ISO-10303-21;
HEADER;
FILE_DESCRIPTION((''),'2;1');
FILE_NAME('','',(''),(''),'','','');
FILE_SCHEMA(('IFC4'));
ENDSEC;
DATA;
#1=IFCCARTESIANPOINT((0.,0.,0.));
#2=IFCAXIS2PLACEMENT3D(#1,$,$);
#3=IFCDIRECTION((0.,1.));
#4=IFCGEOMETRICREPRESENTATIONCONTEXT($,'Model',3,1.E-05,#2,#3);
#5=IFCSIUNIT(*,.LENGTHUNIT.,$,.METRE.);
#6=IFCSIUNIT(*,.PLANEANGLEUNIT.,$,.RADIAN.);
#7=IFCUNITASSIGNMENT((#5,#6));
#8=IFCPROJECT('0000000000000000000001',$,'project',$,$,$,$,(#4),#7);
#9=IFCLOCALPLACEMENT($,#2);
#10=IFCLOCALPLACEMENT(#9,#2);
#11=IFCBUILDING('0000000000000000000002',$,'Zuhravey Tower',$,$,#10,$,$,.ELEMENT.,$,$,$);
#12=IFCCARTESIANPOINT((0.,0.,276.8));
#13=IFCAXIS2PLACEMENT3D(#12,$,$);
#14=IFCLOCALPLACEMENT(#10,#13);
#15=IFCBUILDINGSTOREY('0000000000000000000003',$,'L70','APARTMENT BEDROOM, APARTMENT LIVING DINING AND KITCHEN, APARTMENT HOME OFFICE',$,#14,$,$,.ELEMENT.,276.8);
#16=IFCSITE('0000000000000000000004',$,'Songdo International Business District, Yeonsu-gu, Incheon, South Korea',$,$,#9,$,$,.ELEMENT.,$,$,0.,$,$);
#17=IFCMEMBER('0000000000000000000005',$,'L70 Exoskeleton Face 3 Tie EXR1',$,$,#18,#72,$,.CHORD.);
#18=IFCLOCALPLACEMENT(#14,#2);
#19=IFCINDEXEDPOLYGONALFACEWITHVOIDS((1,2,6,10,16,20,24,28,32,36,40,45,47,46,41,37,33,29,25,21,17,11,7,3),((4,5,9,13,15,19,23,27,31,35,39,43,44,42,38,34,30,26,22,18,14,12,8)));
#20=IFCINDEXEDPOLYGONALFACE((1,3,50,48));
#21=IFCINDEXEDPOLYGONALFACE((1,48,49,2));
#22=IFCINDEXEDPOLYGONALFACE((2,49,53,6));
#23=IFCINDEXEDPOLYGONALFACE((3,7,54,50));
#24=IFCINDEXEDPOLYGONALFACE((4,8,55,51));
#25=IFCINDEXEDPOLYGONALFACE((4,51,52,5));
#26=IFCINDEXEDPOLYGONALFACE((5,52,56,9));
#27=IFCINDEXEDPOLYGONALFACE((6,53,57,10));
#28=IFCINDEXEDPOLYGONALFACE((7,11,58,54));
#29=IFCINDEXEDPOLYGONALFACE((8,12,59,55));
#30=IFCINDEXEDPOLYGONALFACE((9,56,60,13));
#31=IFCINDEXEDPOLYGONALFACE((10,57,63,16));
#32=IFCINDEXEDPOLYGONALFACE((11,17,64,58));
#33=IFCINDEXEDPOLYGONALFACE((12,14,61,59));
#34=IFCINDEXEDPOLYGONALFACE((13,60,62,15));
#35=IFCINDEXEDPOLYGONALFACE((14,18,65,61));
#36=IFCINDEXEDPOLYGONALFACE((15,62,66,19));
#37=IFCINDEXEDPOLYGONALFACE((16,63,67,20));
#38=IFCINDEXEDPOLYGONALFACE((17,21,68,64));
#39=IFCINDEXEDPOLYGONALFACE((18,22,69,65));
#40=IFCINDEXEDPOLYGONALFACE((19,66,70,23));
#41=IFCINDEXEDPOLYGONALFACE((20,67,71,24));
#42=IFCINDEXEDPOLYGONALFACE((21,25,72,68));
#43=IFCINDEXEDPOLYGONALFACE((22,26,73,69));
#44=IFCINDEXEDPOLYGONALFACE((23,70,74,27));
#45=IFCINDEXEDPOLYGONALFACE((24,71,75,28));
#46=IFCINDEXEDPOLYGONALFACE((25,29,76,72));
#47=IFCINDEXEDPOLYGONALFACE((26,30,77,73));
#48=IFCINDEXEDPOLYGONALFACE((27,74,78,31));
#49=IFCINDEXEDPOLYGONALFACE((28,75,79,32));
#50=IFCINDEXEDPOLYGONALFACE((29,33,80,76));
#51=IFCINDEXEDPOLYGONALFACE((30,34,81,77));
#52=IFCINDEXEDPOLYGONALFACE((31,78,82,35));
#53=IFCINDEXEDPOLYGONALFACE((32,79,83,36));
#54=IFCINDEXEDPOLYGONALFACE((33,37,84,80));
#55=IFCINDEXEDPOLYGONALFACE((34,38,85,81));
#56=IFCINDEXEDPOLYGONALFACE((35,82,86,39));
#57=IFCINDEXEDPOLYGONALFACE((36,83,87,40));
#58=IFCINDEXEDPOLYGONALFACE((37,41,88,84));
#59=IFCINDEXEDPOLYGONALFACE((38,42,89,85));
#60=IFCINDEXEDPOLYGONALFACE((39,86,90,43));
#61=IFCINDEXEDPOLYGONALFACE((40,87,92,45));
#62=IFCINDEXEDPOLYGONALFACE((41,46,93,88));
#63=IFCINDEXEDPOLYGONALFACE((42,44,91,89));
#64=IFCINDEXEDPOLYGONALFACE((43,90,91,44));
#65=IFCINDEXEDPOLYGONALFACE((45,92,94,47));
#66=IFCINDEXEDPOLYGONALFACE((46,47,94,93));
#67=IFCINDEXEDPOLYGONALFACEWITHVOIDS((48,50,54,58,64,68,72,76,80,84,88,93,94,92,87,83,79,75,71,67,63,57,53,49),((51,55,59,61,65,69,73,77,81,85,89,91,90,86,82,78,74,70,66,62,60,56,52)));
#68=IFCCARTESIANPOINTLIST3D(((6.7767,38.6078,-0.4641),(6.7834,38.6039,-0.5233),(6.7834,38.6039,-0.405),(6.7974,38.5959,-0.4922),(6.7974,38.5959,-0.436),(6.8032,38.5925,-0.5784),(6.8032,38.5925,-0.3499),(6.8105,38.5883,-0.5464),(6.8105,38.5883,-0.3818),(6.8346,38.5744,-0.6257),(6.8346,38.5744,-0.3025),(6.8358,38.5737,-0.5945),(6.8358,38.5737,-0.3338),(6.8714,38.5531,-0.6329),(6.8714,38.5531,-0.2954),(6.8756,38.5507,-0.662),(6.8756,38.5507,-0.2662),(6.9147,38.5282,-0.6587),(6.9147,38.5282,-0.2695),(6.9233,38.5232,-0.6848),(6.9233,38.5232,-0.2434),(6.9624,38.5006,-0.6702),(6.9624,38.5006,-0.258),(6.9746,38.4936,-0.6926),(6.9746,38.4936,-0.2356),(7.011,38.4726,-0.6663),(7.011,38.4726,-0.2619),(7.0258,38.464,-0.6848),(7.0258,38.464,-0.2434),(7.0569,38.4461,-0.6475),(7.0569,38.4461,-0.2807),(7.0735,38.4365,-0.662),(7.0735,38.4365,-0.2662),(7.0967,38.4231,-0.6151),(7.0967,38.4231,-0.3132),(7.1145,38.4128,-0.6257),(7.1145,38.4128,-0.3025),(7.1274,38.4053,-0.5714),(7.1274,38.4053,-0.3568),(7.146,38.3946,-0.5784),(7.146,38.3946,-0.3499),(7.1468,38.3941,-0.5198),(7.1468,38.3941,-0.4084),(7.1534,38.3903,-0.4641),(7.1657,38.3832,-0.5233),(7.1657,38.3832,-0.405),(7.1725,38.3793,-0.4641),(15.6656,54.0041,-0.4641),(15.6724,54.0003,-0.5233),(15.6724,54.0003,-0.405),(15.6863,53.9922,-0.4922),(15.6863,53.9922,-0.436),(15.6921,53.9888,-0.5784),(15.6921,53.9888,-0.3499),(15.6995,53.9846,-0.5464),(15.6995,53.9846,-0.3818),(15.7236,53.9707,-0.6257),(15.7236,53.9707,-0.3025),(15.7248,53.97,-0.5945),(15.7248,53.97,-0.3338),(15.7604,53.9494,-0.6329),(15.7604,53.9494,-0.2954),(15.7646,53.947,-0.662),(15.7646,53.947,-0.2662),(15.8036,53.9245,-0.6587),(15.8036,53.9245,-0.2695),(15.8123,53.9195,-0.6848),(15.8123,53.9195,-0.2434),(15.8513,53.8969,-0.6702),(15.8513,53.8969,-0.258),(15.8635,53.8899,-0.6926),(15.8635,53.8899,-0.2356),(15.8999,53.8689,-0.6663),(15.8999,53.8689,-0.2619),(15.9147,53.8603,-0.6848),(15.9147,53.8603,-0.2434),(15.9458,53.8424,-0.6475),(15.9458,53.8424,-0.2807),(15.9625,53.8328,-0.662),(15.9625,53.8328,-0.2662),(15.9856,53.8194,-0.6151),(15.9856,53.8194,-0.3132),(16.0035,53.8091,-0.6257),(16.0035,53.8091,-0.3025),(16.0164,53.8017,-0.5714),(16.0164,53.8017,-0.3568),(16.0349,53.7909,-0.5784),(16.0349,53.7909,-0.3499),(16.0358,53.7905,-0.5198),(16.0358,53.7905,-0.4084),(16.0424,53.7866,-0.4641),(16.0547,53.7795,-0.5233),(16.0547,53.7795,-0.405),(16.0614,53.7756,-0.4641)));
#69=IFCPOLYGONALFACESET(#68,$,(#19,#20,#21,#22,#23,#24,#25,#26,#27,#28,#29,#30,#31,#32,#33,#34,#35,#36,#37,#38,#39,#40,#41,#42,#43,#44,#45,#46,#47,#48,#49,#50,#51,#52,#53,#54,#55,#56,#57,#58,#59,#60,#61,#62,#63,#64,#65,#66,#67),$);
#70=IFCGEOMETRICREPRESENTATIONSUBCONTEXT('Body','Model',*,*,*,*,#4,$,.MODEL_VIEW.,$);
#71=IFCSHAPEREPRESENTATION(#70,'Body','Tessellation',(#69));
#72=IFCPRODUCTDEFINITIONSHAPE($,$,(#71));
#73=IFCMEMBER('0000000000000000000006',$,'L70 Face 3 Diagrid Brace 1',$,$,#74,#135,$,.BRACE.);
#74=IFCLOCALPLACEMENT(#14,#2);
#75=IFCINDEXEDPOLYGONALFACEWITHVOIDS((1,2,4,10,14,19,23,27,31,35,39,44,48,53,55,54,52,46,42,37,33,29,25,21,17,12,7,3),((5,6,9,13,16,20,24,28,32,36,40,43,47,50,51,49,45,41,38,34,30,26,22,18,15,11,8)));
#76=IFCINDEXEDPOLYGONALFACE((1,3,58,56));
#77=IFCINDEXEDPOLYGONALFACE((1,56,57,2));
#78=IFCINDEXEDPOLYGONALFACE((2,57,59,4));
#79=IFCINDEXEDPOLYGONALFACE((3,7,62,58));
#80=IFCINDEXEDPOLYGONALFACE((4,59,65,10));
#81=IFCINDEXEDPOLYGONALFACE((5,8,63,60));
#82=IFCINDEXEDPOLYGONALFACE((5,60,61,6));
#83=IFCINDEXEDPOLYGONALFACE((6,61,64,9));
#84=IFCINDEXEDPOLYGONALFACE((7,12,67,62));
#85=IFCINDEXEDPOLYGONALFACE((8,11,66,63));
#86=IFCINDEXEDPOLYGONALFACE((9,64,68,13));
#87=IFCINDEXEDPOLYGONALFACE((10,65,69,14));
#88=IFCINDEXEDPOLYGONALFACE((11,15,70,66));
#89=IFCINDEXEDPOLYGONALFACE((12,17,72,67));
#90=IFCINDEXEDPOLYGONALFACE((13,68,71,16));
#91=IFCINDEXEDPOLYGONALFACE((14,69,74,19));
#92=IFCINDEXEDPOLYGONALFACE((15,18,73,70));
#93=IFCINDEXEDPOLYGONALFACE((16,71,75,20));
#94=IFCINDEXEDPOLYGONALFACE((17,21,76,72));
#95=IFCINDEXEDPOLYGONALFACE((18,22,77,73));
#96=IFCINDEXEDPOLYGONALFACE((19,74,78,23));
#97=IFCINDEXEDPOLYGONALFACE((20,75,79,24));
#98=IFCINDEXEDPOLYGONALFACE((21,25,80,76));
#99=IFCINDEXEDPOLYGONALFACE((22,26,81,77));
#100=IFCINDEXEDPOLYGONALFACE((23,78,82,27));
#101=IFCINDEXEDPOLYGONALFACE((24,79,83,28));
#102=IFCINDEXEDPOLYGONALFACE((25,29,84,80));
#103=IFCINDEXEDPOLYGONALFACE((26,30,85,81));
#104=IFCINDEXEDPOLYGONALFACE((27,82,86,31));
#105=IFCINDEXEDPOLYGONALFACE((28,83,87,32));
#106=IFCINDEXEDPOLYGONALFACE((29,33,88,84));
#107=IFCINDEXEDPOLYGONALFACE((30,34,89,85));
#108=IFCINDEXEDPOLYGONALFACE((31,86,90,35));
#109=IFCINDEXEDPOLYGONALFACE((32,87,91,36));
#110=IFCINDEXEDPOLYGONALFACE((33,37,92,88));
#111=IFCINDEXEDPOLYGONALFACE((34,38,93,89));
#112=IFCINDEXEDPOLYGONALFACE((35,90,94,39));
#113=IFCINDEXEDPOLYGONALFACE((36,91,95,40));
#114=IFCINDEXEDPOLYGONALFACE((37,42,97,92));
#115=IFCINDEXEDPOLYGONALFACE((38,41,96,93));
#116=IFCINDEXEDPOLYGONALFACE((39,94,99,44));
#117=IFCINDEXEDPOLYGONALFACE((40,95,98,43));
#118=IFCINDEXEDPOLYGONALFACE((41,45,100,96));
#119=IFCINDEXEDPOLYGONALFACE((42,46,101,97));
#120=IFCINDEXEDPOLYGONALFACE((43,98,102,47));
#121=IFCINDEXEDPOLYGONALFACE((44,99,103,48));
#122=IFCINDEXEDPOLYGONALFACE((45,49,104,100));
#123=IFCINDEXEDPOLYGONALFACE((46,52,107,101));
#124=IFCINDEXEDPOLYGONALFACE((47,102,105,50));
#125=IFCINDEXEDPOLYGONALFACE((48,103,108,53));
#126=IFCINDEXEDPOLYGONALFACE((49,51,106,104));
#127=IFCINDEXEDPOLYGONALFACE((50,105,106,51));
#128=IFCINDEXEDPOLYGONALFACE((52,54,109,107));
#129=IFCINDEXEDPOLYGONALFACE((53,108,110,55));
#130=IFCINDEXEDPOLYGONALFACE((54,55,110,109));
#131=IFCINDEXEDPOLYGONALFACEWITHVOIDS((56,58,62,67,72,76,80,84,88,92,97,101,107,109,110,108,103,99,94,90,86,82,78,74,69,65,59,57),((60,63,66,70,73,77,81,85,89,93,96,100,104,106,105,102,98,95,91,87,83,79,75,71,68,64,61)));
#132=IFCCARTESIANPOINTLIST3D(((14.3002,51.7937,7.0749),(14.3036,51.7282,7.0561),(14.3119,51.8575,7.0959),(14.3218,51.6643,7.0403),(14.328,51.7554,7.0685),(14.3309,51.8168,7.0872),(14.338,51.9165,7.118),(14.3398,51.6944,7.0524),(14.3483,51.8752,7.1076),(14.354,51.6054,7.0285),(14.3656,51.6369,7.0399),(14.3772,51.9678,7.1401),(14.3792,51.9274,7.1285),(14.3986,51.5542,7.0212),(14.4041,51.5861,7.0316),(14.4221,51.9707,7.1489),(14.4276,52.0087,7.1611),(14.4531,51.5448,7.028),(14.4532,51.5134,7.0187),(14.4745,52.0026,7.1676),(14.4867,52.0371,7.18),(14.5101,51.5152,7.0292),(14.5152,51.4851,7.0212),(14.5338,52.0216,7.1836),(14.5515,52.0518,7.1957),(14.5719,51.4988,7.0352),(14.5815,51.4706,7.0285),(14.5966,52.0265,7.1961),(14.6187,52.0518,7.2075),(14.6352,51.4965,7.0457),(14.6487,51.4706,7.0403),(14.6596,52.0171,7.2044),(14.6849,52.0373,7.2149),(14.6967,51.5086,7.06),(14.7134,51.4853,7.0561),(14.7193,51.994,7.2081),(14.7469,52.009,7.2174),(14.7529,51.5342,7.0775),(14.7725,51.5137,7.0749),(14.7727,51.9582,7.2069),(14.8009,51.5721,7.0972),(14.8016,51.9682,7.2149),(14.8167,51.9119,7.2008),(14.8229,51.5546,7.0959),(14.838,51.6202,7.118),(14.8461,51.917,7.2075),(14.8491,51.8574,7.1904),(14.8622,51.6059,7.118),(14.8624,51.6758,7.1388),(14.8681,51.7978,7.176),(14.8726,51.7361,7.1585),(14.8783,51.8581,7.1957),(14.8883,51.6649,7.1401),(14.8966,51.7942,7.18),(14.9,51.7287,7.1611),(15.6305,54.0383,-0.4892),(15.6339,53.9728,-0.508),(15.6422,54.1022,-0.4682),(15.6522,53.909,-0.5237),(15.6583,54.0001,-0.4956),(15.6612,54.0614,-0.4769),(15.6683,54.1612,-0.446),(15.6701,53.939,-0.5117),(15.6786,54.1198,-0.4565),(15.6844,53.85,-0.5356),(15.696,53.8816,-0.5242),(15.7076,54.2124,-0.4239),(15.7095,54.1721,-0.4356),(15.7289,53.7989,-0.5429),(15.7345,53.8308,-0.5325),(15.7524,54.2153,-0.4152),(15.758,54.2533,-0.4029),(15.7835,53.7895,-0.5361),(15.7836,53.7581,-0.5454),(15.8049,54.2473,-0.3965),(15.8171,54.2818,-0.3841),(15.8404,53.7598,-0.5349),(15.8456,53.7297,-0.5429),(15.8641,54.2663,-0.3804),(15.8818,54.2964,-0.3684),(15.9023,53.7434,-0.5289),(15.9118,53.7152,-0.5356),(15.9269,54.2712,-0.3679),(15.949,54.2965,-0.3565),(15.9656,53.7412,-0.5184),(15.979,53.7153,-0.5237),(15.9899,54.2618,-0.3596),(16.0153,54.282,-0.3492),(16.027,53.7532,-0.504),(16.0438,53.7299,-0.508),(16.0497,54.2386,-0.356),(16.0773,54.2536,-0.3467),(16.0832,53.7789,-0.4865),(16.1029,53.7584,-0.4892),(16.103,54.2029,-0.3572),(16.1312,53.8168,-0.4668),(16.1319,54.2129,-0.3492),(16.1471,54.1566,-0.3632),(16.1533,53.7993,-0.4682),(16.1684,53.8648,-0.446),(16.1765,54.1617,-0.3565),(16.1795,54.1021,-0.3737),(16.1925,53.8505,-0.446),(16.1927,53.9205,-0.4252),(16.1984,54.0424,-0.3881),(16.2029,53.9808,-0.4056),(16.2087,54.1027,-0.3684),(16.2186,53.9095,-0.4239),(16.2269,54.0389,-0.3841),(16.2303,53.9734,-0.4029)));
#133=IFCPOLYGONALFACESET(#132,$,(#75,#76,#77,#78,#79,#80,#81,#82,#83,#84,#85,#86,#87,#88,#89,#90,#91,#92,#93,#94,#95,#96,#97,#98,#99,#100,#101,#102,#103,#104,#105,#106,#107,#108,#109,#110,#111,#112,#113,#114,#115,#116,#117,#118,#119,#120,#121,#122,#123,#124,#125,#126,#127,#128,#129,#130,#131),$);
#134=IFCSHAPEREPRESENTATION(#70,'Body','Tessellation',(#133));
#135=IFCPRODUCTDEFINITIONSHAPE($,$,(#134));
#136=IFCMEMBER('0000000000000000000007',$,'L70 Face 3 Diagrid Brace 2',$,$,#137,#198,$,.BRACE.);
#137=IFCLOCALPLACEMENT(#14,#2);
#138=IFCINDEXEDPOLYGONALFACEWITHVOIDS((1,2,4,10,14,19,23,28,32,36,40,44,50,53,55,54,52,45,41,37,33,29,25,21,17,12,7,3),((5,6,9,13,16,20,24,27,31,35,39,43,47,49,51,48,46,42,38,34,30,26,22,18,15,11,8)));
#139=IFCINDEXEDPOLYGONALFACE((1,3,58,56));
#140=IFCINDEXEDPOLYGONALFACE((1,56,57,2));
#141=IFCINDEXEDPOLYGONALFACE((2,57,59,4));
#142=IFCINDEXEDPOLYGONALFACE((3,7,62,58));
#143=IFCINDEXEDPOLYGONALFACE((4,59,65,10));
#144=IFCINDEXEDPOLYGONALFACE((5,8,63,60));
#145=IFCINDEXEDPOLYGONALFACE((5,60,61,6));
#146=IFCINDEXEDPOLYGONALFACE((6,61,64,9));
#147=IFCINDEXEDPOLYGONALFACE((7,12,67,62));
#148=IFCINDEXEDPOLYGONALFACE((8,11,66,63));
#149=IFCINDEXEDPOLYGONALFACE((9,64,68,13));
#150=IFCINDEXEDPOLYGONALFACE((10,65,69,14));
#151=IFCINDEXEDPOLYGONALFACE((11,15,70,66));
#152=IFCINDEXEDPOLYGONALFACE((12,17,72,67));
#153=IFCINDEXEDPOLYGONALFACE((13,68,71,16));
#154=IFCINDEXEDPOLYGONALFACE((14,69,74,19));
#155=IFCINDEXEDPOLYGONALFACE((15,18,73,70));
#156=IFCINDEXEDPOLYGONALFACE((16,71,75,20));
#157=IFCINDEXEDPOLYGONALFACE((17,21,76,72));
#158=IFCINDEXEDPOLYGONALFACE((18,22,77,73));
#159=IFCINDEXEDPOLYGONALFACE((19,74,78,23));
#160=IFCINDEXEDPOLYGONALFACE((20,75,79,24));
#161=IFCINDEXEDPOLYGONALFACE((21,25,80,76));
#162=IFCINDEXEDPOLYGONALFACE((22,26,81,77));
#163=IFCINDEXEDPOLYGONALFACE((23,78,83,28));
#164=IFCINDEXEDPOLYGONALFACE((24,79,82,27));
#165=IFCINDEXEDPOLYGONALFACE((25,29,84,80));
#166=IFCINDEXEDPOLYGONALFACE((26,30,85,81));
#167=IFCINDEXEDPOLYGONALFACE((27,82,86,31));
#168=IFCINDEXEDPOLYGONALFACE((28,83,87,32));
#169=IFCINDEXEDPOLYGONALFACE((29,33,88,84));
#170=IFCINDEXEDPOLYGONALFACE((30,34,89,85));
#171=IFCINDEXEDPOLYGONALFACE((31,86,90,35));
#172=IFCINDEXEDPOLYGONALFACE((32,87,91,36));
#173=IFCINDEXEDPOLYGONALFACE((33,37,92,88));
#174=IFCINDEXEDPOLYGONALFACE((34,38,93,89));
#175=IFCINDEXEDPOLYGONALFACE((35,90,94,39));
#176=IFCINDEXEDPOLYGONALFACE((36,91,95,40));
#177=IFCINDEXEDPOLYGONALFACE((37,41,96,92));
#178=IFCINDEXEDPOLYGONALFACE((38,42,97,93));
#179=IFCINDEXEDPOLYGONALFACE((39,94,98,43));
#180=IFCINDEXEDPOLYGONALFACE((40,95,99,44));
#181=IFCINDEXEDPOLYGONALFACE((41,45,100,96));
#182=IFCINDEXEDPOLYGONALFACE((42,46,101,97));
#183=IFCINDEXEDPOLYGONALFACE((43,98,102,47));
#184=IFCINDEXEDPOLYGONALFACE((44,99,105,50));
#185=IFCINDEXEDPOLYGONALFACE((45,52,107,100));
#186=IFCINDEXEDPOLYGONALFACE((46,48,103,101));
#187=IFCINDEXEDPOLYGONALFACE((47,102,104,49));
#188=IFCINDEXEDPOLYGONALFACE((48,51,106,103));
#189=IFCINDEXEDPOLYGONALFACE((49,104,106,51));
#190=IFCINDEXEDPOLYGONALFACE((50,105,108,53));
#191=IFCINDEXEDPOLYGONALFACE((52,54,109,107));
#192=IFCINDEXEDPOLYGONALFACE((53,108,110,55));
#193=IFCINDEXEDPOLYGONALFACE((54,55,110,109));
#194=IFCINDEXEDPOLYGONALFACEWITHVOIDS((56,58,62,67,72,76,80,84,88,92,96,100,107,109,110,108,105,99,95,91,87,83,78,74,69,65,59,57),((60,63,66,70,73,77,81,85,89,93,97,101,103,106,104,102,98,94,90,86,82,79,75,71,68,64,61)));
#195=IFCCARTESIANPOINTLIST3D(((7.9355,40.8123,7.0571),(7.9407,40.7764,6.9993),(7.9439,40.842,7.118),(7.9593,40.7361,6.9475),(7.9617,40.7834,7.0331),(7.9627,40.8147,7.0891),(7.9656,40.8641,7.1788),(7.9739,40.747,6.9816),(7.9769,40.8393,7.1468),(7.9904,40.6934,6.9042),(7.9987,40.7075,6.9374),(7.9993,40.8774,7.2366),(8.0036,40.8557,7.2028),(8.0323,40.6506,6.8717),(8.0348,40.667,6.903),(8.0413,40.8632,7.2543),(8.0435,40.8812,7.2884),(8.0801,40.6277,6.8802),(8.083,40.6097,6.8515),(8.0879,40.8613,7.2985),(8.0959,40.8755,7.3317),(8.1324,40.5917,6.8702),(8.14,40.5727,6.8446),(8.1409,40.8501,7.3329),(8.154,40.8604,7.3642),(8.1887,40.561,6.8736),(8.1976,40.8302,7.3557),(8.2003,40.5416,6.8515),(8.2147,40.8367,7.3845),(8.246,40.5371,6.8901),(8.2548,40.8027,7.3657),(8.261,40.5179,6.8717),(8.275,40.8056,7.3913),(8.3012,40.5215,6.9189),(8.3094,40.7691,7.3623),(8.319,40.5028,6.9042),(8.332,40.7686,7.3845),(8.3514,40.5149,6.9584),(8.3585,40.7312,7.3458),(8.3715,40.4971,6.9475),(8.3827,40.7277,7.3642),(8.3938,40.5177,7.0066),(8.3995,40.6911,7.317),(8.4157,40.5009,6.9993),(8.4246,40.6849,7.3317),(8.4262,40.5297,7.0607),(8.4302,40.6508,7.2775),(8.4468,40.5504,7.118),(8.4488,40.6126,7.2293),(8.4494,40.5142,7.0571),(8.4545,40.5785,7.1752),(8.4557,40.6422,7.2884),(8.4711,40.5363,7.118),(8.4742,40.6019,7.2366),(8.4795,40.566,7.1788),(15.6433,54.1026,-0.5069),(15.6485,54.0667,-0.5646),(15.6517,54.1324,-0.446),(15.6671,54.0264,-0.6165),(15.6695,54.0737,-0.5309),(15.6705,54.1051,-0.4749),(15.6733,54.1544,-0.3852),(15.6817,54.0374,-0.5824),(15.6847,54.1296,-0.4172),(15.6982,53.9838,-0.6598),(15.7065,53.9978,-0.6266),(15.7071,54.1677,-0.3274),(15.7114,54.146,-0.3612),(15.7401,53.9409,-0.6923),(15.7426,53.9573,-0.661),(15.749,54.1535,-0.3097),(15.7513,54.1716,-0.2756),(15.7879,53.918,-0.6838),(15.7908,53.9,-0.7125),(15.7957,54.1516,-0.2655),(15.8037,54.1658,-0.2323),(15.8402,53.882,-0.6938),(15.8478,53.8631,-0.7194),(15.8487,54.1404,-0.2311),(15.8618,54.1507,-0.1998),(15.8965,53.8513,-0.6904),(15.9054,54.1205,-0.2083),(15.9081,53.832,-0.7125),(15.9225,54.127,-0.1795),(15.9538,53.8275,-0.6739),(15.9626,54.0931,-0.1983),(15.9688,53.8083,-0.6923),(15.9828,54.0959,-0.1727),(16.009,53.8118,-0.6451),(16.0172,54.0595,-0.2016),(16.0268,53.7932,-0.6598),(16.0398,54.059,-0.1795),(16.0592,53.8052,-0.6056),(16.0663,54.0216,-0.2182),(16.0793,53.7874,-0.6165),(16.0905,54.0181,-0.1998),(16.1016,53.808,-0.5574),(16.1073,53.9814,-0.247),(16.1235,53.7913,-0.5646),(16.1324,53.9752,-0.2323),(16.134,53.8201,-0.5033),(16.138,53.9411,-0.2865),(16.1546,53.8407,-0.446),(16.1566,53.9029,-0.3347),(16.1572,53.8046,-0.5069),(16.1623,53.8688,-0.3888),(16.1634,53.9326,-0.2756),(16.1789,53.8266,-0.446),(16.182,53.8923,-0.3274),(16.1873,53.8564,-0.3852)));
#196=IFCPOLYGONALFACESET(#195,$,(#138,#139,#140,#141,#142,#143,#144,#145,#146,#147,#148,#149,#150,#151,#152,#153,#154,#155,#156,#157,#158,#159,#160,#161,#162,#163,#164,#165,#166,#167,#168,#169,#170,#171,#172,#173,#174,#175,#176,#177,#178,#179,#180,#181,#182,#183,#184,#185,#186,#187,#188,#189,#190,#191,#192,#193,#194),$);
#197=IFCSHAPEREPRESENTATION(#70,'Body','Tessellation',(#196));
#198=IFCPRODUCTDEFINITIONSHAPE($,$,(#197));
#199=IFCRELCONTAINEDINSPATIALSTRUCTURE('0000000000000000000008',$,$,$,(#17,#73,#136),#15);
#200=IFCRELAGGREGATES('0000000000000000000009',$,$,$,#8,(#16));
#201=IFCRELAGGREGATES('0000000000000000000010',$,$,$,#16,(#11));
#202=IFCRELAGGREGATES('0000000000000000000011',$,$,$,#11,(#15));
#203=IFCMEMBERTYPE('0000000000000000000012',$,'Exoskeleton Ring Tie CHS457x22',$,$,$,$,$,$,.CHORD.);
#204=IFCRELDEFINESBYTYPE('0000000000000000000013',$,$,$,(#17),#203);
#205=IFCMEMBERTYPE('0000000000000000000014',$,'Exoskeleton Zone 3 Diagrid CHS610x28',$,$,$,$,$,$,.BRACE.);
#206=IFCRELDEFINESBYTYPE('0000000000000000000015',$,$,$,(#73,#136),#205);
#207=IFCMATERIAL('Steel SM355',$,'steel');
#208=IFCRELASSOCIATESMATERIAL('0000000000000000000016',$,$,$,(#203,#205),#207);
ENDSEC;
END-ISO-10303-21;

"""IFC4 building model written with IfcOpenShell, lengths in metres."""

from ifc_helpers import new_model, si_unit, direction, frame, origin, origin_2d, place, context, subcontext, project, spatial, hollow_circle, extrude, material, material_profile, profile_set, type_object, element, save


model = new_model("IFC4")

# Units and contexts
model_context = context("Model", 3, precision=1e-05, world=origin(), true_north=direction((0.0, 1.0)))
body_context = subcontext(model_context, "Body", "Model", "MODEL_VIEW")
ifc_project = project(units=[si_unit("LENGTHUNIT", "METRE"), si_unit("PLANEANGLEUNIT", "RADIAN")], contexts=[model_context])

# Site, building, storey
site_placement = place(None, origin())
site = spatial("IfcSite", under=ifc_project, at=site_placement, Name="Songdo International Business District, Yeonsu-gu, Incheon, South Korea", CompositionType="ELEMENT", RefElevation=0.0)
building_placement = place(site_placement, origin())
building = spatial("IfcBuilding", under=site, at=building_placement, Name="Zuhravey Tower", CompositionType="ELEMENT")
storey_placement = place(building_placement, frame((0.0, 0.0, 276.8)))
storey = spatial("IfcBuildingStorey", under=building, at=storey_placement, Name="L70", Description="APARTMENT BEDROOM, APARTMENT LIVING DINING AND KITCHEN, APARTMENT HOME OFFICE", CompositionType="ELEMENT", Elevation=276.8)

# Members
ifc_material_1 = material(Name="Steel SM355", Category="steel")
ifc_material_profile_1 = material_profile(ifc_material_1, hollow_circle(Radius=0.2285, WallThickness=0.022, at=origin_2d()), Name="CHS-457.2x22")
ifc_profile_set_1 = profile_set([ifc_material_profile_1], Name="Steel SM355")
member_type_1 = type_object("IfcMemberType", Name="Exoskeleton Ring Tie CHS457x22", PredefinedType="CHORD", material=ifc_profile_set_1)
member_1_placement = place(storey_placement, frame((15.8635, 53.8899, -0.4641), z_axis=(-0.499995, -0.866028, 0.0), x_axis=(0.866028, -0.499995, 0.0)))
element("IfcMember", 1, at=member_1_placement, inside=storey, type_object=member_type_1, Name="L70 Exoskeleton Face 3 Tie EXR1", PredefinedType="CHORD", context=body_context, shape_type="SweptSolid", body=[
    extrude(hollow_circle(Radius=0.2285, WallThickness=0.022, at=origin_2d()), origin(), (0.0, 0.0, 1.0), 17.7781),
])
ifc_material_profile_2 = material_profile(ifc_material_1, hollow_circle(Radius=0.3047, WallThickness=0.0281, at=origin_2d()), Name="CHS-609.6x28")
ifc_profile_set_2 = profile_set([ifc_material_profile_2], Name="Steel SM355")
member_type_2 = type_object("IfcMemberType", Name="Exoskeleton Zone 3 Diagrid CHS610x28", PredefinedType="BRACE", material=ifc_profile_set_2)
member_2_placement = place(storey_placement, frame((15.9304, 54.0059, -0.446), z_axis=(-0.166262, -0.280531, 0.945335), x_axis=(0.860263, -0.509851, 0.0)))
element("IfcMember", 2, at=member_2_placement, inside=storey, type_object=member_type_2, Name="L70 Face 3 Diagrid Brace 1", PredefinedType="BRACE", context=body_context, shape_type="SweptSolid", body=[
    extrude(hollow_circle(Radius=0.3047, WallThickness=0.0281, at=origin_2d()), origin(), (0.0, 0.0, 1.0), 8.0015),
])
member_3_placement = place(storey_placement, frame((15.9153, 53.9795, -0.446), z_axis=(-0.450097, -0.776089, 0.4417), x_axis=(0.865048, -0.501689, 0.0)))
element("IfcMember", 3, at=member_3_placement, inside=storey, type_object=member_type_2, Name="L70 Face 3 Diagrid Brace 2", PredefinedType="BRACE", context=body_context, shape_type="SweptSolid", body=[
    extrude(hollow_circle(Radius=0.3047, WallThickness=0.0281, at=origin_2d()), origin(), (0.0, 0.0, 1.0), 17.1248),
])

save(model, "model.ifc")
